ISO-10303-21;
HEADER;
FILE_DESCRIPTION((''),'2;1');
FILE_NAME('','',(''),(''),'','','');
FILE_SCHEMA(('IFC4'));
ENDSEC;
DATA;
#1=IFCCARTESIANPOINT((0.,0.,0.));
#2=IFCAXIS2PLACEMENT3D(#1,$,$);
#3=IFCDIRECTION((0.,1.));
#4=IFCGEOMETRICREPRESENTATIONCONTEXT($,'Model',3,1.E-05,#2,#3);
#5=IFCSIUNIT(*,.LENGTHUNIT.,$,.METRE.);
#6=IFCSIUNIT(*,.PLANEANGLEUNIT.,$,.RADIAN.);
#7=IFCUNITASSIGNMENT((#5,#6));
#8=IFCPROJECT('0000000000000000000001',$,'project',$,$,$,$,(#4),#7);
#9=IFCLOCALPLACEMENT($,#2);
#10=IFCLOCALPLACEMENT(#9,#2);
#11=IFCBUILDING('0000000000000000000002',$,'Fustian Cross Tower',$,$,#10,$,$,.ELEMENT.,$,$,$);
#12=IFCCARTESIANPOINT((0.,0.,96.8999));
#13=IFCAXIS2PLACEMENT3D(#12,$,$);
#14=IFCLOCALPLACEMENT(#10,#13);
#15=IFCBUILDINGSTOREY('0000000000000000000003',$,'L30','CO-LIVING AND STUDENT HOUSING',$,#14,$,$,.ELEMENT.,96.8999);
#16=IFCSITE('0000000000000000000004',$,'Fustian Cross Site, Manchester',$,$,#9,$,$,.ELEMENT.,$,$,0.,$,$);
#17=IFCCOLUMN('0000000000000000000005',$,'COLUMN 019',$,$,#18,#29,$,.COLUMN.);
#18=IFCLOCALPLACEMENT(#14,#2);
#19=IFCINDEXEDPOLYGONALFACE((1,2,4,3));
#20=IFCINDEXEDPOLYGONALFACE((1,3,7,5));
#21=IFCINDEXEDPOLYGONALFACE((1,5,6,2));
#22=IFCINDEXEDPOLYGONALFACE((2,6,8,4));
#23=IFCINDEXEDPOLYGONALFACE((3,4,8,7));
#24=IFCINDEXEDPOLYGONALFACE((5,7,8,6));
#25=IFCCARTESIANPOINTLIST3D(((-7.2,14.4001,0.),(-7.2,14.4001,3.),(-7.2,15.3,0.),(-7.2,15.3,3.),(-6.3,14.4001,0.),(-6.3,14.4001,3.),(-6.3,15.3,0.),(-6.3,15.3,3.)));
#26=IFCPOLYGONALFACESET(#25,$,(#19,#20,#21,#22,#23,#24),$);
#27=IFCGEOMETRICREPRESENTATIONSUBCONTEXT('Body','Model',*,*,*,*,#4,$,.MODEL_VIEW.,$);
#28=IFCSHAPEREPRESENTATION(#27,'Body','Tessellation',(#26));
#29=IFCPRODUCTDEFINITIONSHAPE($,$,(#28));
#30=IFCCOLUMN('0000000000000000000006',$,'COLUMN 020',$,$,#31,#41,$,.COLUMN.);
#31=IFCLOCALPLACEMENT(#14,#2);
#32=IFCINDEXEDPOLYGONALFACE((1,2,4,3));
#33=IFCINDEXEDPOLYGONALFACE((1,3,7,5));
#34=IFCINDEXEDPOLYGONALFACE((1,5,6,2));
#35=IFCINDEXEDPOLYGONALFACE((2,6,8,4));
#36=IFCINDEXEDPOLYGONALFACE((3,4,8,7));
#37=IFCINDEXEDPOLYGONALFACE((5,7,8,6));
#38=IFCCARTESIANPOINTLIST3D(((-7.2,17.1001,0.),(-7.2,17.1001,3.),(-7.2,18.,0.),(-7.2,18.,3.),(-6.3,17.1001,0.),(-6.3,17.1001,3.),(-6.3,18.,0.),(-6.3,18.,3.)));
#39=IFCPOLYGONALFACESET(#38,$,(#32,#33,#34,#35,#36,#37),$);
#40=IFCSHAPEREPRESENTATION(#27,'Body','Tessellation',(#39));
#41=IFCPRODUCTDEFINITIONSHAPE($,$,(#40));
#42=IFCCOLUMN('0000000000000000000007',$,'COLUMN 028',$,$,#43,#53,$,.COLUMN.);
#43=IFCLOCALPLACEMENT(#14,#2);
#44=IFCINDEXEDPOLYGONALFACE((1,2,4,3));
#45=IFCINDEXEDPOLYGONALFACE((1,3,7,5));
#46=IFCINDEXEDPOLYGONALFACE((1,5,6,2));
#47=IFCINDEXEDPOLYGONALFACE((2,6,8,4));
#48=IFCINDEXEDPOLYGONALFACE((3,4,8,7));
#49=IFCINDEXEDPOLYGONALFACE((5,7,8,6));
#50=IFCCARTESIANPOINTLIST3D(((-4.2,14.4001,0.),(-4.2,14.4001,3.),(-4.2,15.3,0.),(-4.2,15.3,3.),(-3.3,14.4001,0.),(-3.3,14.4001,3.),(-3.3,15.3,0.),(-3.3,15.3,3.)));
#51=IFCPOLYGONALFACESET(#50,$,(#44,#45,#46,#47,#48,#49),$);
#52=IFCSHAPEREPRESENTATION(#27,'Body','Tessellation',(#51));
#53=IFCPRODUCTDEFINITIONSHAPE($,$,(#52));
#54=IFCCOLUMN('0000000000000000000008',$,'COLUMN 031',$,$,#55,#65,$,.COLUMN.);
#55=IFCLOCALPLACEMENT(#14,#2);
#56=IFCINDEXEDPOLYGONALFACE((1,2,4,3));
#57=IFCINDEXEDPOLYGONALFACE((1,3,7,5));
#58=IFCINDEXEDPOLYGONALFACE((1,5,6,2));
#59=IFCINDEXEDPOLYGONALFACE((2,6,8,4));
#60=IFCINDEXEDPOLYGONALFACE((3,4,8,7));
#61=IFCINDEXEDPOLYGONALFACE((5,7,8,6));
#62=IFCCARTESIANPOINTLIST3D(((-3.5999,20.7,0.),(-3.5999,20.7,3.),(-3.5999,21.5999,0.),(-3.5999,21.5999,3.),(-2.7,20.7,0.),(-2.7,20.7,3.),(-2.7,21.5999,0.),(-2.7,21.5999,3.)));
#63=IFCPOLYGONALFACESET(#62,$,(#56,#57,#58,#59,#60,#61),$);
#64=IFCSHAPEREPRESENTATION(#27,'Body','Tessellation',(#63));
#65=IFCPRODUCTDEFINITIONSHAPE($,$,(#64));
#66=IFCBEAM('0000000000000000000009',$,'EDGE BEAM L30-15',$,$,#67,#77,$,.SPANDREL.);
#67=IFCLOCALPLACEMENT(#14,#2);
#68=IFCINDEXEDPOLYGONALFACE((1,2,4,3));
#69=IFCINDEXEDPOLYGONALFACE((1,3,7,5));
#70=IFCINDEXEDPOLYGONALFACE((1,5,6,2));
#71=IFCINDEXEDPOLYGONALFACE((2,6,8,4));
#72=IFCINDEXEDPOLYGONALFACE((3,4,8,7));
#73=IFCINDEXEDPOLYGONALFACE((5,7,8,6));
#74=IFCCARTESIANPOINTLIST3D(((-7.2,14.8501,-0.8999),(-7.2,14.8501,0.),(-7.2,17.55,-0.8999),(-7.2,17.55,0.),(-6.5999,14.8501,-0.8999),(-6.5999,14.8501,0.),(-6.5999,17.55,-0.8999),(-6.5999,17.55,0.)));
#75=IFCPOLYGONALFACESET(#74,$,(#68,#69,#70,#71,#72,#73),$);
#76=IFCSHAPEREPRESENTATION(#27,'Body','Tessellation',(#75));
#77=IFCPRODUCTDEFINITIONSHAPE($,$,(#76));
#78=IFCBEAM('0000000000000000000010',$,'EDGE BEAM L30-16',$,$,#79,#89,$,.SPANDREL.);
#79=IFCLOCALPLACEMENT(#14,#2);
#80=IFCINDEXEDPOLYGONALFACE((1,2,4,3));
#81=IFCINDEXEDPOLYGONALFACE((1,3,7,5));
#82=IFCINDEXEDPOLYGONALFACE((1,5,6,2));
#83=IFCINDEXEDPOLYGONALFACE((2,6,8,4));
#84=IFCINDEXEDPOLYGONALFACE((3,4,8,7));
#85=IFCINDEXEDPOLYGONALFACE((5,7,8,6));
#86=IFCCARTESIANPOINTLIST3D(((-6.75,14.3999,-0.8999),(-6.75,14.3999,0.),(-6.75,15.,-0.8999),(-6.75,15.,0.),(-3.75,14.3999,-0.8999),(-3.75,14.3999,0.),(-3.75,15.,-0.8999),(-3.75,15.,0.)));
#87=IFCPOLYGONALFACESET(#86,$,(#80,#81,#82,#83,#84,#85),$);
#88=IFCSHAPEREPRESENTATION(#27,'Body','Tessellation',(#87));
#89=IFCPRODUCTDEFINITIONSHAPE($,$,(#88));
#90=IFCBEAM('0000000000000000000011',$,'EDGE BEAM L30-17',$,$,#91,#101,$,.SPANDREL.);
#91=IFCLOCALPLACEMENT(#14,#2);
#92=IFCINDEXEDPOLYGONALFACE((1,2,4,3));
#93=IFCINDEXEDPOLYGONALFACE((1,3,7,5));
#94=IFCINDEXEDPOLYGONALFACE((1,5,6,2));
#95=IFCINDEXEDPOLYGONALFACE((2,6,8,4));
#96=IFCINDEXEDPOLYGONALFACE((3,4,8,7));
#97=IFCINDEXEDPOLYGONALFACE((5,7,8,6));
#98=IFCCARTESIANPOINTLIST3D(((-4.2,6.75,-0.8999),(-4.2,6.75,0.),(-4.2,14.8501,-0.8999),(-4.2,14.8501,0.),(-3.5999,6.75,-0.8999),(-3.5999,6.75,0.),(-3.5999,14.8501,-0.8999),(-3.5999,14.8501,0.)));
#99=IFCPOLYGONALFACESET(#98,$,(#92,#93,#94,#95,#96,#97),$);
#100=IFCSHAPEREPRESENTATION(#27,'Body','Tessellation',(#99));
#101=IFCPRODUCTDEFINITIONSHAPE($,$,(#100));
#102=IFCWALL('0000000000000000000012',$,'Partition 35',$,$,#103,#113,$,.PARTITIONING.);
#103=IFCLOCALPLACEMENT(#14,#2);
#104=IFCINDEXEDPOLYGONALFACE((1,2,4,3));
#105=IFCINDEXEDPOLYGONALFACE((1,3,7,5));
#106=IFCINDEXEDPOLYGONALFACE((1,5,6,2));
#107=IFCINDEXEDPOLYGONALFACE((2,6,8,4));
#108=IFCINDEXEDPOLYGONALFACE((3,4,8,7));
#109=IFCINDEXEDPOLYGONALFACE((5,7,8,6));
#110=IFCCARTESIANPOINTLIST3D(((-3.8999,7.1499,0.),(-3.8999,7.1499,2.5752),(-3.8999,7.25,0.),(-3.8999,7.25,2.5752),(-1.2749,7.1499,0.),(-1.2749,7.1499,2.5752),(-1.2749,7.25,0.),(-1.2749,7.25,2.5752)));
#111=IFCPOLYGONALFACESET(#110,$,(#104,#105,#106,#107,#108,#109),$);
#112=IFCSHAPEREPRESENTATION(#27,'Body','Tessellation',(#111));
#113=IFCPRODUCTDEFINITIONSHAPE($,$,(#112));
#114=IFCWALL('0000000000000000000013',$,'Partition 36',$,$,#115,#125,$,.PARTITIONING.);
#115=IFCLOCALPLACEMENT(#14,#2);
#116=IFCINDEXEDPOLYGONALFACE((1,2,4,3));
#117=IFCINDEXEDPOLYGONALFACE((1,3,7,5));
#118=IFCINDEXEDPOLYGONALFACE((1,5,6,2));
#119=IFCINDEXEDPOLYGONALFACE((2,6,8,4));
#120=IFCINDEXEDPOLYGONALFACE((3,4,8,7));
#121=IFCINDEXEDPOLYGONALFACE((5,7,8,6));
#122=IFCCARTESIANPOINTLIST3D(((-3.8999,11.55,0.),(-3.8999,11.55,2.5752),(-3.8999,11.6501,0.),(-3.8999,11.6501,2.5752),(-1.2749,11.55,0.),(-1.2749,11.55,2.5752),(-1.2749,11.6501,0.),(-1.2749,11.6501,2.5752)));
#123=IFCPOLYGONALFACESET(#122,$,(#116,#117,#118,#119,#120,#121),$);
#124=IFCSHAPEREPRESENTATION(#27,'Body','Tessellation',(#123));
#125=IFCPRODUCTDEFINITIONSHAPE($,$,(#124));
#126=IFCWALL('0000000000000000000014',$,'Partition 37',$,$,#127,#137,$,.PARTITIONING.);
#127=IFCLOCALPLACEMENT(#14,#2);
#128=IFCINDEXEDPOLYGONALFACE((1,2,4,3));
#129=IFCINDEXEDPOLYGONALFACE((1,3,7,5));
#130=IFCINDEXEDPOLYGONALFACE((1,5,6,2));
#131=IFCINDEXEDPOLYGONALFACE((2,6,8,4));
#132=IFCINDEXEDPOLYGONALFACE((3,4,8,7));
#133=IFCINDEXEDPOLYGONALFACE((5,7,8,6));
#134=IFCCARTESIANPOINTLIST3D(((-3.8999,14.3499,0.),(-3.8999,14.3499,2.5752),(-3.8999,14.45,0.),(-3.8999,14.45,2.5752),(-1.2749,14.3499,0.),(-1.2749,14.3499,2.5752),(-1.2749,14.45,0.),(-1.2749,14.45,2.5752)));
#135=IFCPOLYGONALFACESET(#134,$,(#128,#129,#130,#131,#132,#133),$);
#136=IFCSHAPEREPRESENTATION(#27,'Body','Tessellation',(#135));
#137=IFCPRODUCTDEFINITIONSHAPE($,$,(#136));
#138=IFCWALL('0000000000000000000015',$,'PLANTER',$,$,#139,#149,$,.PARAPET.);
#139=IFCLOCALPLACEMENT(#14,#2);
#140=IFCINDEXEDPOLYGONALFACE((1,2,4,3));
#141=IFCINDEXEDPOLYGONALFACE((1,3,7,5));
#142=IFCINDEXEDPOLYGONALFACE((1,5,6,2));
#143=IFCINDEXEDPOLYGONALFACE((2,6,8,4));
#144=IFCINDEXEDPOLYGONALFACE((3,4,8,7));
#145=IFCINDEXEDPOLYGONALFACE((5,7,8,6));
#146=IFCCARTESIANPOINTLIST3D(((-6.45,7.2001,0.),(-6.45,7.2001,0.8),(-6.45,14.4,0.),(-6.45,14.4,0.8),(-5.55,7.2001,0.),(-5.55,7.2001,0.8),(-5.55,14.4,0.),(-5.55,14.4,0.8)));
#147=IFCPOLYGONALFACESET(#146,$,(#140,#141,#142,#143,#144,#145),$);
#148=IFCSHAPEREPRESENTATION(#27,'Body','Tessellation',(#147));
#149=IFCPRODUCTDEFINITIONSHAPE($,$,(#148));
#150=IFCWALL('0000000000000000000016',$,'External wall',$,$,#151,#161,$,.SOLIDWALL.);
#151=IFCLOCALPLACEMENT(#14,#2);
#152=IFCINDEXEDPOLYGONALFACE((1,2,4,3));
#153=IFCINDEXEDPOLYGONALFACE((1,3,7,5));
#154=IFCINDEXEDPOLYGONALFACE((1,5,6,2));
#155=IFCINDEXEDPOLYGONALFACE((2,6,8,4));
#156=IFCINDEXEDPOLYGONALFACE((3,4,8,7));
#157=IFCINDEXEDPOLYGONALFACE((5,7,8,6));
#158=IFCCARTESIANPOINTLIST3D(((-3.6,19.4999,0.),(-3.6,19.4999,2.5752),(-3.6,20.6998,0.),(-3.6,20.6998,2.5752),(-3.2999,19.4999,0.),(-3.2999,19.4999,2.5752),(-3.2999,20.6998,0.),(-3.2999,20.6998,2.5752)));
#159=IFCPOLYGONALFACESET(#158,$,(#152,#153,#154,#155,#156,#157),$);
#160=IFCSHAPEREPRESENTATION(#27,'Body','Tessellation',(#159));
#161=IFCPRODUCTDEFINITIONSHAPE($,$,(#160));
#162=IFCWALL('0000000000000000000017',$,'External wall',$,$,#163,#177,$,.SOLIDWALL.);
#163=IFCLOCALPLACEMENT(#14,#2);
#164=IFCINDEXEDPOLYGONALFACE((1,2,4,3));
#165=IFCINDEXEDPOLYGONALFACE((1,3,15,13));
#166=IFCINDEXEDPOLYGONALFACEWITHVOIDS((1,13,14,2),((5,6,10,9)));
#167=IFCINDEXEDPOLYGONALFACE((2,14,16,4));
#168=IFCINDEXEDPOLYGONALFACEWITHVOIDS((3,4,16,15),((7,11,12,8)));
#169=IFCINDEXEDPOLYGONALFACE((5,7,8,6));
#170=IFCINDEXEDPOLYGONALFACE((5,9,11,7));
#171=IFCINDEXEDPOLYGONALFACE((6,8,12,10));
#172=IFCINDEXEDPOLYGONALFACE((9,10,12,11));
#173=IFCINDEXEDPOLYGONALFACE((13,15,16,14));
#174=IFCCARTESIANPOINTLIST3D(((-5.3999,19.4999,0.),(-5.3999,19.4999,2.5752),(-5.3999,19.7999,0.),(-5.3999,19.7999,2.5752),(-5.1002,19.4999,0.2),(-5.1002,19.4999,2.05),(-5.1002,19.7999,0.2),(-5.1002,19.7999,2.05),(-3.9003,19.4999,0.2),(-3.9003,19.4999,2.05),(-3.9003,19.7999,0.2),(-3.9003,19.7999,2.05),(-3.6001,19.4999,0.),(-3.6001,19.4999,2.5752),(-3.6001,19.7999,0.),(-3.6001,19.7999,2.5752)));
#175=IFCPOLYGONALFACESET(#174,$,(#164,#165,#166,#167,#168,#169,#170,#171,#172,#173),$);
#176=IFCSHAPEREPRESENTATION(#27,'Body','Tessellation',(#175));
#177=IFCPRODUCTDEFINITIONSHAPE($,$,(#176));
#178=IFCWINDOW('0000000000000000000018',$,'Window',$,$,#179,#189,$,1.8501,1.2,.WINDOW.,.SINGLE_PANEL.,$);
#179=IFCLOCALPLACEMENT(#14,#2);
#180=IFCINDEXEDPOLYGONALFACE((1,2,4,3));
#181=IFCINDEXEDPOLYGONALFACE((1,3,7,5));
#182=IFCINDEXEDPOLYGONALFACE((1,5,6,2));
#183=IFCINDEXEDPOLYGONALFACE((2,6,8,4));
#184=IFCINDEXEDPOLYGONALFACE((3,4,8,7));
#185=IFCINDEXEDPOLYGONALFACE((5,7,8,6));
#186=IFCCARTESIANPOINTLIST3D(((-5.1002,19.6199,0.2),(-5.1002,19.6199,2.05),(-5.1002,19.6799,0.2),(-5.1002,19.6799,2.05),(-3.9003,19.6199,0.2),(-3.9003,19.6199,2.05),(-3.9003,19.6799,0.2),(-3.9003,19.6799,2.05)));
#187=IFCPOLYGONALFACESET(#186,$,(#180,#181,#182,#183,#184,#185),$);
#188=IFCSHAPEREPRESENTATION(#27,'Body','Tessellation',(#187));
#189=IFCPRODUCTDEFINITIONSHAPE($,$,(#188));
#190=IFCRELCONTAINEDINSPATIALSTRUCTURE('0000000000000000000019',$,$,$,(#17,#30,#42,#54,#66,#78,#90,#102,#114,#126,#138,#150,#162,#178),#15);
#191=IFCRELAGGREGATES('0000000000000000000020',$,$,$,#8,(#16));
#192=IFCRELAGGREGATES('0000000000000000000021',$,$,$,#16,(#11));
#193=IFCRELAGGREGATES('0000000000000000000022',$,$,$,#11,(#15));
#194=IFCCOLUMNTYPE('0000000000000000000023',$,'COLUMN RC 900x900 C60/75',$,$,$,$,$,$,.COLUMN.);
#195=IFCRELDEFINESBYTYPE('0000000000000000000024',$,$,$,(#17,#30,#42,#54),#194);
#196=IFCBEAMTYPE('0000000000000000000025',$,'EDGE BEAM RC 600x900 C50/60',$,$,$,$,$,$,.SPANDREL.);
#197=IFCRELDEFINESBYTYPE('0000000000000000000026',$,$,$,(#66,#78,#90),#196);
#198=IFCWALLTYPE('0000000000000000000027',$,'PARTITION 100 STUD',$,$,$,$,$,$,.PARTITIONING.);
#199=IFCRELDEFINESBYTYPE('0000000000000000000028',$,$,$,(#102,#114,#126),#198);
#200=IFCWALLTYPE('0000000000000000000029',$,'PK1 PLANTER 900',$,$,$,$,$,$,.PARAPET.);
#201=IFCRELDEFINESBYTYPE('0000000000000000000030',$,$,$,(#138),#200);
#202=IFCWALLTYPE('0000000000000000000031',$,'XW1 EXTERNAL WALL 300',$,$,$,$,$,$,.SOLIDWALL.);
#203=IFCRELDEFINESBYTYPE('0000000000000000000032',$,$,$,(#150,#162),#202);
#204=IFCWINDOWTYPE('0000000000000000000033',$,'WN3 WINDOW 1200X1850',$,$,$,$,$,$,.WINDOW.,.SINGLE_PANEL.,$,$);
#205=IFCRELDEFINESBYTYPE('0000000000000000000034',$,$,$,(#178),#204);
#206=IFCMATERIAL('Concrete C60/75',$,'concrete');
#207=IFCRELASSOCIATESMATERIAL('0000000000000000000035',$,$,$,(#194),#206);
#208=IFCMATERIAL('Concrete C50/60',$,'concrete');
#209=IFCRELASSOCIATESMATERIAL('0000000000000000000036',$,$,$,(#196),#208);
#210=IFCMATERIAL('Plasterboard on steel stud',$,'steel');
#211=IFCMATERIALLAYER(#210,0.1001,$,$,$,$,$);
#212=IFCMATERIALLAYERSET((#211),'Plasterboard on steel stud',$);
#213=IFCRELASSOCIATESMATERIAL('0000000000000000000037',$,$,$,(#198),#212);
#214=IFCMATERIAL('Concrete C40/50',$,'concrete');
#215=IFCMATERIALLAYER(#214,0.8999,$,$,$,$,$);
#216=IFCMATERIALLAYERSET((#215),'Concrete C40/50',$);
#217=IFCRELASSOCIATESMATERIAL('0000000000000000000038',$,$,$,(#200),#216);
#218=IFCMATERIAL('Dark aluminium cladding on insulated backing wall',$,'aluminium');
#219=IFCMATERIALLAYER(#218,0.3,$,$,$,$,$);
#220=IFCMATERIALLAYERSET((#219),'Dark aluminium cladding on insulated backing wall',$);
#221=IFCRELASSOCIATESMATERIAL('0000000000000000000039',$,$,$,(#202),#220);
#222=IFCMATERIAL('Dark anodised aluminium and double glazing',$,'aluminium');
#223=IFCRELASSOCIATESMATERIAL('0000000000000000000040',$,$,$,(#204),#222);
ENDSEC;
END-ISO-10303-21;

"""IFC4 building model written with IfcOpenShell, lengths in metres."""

from ifc_helpers import new_model, si_unit, direction, frame, frame_2d, origin, origin_2d, place, context, subcontext, project, spatial, rectangle, extrude, material, layer, layer_set, material_profile, profile_set, type_object, element, fill, save


model = new_model("IFC4")

# Units and contexts
model_context = context("Model", 3, precision=1e-05, world=origin(), true_north=direction((0.0, 1.0)))
body_context = subcontext(model_context, "Body", "Model", "MODEL_VIEW")
ifc_project = project(units=[si_unit("LENGTHUNIT", "METRE"), si_unit("PLANEANGLEUNIT", "RADIAN")], contexts=[model_context])

# Site, building, storey
site_placement = place(None, origin())
site = spatial("IfcSite", under=ifc_project, at=site_placement, Name="Fustian Cross Site, Manchester", CompositionType="ELEMENT", RefElevation=0.0)
building_placement = place(site_placement, origin())
building = spatial("IfcBuilding", under=site, at=building_placement, Name="Fustian Cross Tower", CompositionType="ELEMENT")
storey_placement = place(building_placement, frame((0.0, 0.0, 96.8999)))
storey = spatial("IfcBuildingStorey", under=building, at=storey_placement, Name="L30", Description="CO-LIVING AND STUDENT HOUSING", CompositionType="ELEMENT", Elevation=96.8999)

# Columns
ifc_material_1 = material(Name="Concrete C60/75", Category="concrete")
ifc_material_profile_1 = material_profile(ifc_material_1, rectangle(XDim=0.8999, YDim=0.8999, at=origin_2d()), Name="RC 900x900")
ifc_profile_set_1 = profile_set([ifc_material_profile_1], Name="Concrete C60/75")
column_type = type_object("IfcColumnType", Name="COLUMN RC 900x900 C60/75", PredefinedType="COLUMN", material=ifc_profile_set_1)
for number, where, z_axis, x_axis, name in (
    (1, (-6.75, 14.8501, 0.0), (0.0, 0.0, 1.0), (1.0, 0.0, 0.0), "COLUMN 019"),
    (2, (-6.75, 17.55, 0.0), (0.0, 0.0, 1.0), (1.0, 0.0, 0.0), "COLUMN 020"),
    (3, (-3.75, 14.8501, 0.0), (0.0, 0.0, 1.0), (1.0, 0.0, 0.0), "COLUMN 028"),
    (4, (-3.1499, 21.1499, 0.0), (0.0, 0.0, 1.0), (1.0, 0.0, 0.0), "COLUMN 031"),
):
    element("IfcColumn", number, at=place(storey_placement, frame(where, z_axis=z_axis, x_axis=x_axis)), inside=storey, type_object=column_type, Name=name, PredefinedType="COLUMN", context=body_context, shape_type="SweptSolid", body=[
        extrude(rectangle(XDim=0.8999, YDim=0.8999, at=origin_2d()), origin(), (0.0, 0.0, 1.0), 3.0),
    ])

# Beams
ifc_material_2 = material(Name="Concrete C50/60", Category="concrete")
ifc_material_profile_2 = material_profile(ifc_material_2, rectangle(XDim=0.6001, YDim=0.8999, at=origin_2d()), Name="RC 600x900")
ifc_profile_set_2 = profile_set([ifc_material_profile_2], Name="Concrete C50/60")
beam_type = type_object("IfcBeamType", Name="EDGE BEAM RC 600x900 C50/60", PredefinedType="SPANDREL", material=ifc_profile_set_2)
beam_1_placement = place(storey_placement, frame((-6.8999, 17.55, -0.45), z_axis=(0.0, -1.0, 0.0), x_axis=(1.0, 0.0, 0.0)))
element("IfcBeam", 5, at=beam_1_placement, inside=storey, type_object=beam_type, Name="EDGE BEAM L30-15", PredefinedType="SPANDREL", context=body_context, shape_type="SweptSolid", body=[
    extrude(rectangle(XDim=0.6001, YDim=0.8999, at=origin_2d()), origin(), (0.0, 0.0, 1.0), 2.7),
])
beam_2_placement = place(storey_placement, frame((-6.75, 14.7, -0.45), z_axis=(1.0, 0.0, 0.0), x_axis=(0.0, 1.0, 0.0)))
element("IfcBeam", 6, at=beam_2_placement, inside=storey, type_object=beam_type, Name="EDGE BEAM L30-16", PredefinedType="SPANDREL", context=body_context, shape_type="SweptSolid", body=[
    extrude(rectangle(XDim=0.6001, YDim=0.8999, at=origin_2d()), origin(), (0.0, 0.0, 1.0), 3.0),
])
beam_3_placement = place(storey_placement, frame((-3.8999, 14.8501, -0.45), z_axis=(0.0, -1.0, 0.0), x_axis=(1.0, 0.0, 0.0)))
element("IfcBeam", 7, at=beam_3_placement, inside=storey, type_object=beam_type, Name="EDGE BEAM L30-17", PredefinedType="SPANDREL", context=body_context, shape_type="SweptSolid", body=[
    extrude(rectangle(XDim=0.6001, YDim=0.8999, at=origin_2d()), origin(), (0.0, 0.0, 1.0), 8.1001),
])

# Walls
ifc_material_3 = material(Name="Plasterboard on steel stud", Category="steel")
ifc_layer_1 = layer(ifc_material_3, 0.1001)
ifc_layer_set_1 = layer_set([ifc_layer_1], Name="Plasterboard on steel stud")
wall_type_1 = type_object("IfcWallType", Name="PARTITION 100 STUD", PredefinedType="PARTITIONING", material=ifc_layer_set_1)
for number, where, z_axis, x_axis, name in (
    (8, (-3.8999, 7.2, 0.0), (0.0, 0.0, 1.0), (1.0, 0.0, 0.0), "Partition 35"),
    (9, (-3.8999, 11.6001, 0.0), (0.0, 0.0, 1.0), (1.0, 0.0, 0.0), "Partition 36"),
    (10, (-3.8999, 14.3999, 0.0), (0.0, 0.0, 1.0), (1.0, 0.0, 0.0), "Partition 37"),
):
    element("IfcWall", number, at=place(storey_placement, frame(where, z_axis=z_axis, x_axis=x_axis)), inside=storey, type_object=wall_type_1, Name=name, PredefinedType="PARTITIONING", context=body_context, shape_type="SweptSolid", body=[
        extrude(rectangle(XDim=2.625, YDim=0.1001, at=frame_2d((1.3125, 0.0))), origin(), (0.0, 0.0, 1.0), 2.5752),
    ])
ifc_material_4 = material(Name="Concrete C40/50", Category="concrete")
ifc_layer_2 = layer(ifc_material_4, 0.8999)
ifc_layer_set_2 = layer_set([ifc_layer_2], Name="Concrete C40/50")
wall_type_2 = type_object("IfcWallType", Name="PK1 PLANTER 900", PredefinedType="PARAPET", material=ifc_layer_set_2)
wall_1_placement = place(storey_placement, frame((-6.0, 7.2, 0.0), z_axis=(0.0, 0.0, 1.0), x_axis=(0.0, 1.0, 0.0)))
element("IfcWall", 11, at=wall_1_placement, inside=storey, type_object=wall_type_2, Name="PLANTER", PredefinedType="PARAPET", context=body_context, shape_type="SweptSolid", body=[
    extrude(rectangle(XDim=7.2, YDim=0.8999, at=frame_2d((3.6001, 0.0))), origin(), (0.0, 0.0, 1.0), 0.8),
])
ifc_material_5 = material(Name="Dark aluminium cladding on insulated backing wall", Category="aluminium")
ifc_layer_3 = layer(ifc_material_5, 0.3)
ifc_layer_set_3 = layer_set([ifc_layer_3], Name="Dark aluminium cladding on insulated backing wall")
wall_type_3 = type_object("IfcWallType", Name="XW1 EXTERNAL WALL 300", PredefinedType="SOLIDWALL", material=ifc_layer_set_3)
wall_2_placement = place(storey_placement, frame((-3.45, 20.7, 0.0), z_axis=(0.0, 0.0, 1.0), x_axis=(0.0, -1.0, 0.0)))
element("IfcWall", 12, at=wall_2_placement, inside=storey, type_object=wall_type_3, Name="External wall", PredefinedType="SOLIDWALL", context=body_context, shape_type="SweptSolid", body=[
    extrude(rectangle(XDim=1.2, YDim=0.3, at=frame_2d((0.6001, 0.0))), origin(), (0.0, 0.0, 1.0), 2.5752),
])

# Wall, opening, window
wall_3_placement = place(storey_placement, frame((-3.6001, 19.6499, 0.0), z_axis=(0.0, 0.0, 1.0), x_axis=(-1.0, 0.0, 0.0)))
wall_3 = element("IfcWall", 13, at=wall_3_placement, inside=storey, type_object=wall_type_3, Name="External wall", PredefinedType="SOLIDWALL", context=body_context, shape_type="SweptSolid", body=[
    extrude(rectangle(XDim=1.7998, YDim=0.3, at=frame_2d((0.8999, 0.0))), origin(), (0.0, 0.0, 1.0), 2.5752),
])
opening_1_placement = place(wall_3_placement, frame((0.3, 0.0, 0.2)))
opening_1 = element("IfcOpeningElement", 14, at=opening_1_placement, cuts=wall_3, PredefinedType="OPENING", context=body_context, shape_type="SweptSolid", body=[
    extrude(rectangle(XDim=1.2, YDim=1.8501, at=frame_2d((0.6001, 0.925))), frame((0.0, 0.1599, 0.0), z_axis=(0.0, -1.0, 0.0), x_axis=(1.0, 0.0, 0.0)), (0.0, 0.0, 1.0), 0.3201),
])
ifc_material_6 = material(Name="Dark anodised aluminium and double glazing", Category="aluminium")
window_type_1 = type_object("IfcWindowType", Name="WN3 WINDOW 1200X1850", PartitioningType="SINGLE_PANEL", PredefinedType="WINDOW", material=ifc_material_6)
window_1_placement = place(opening_1_placement, origin())
window_1 = element("IfcWindow", 15, at=window_1_placement, inside=storey, type_object=window_type_1, Name="Window", OverallHeight=1.8501, OverallWidth=1.2, PartitioningType="SINGLE_PANEL", PredefinedType="WINDOW", context=body_context, shape_type="SweptSolid", body=[
    extrude(rectangle(XDim=1.2, YDim=1.8501, at=frame_2d((0.6001, 0.925))), frame((0.0, 0.03, 0.0), z_axis=(0.0, -1.0, 0.0), x_axis=(1.0, 0.0, 0.0)), (0.0, 0.0, 1.0), 0.0601),
])
fill(opening_1, window_1)

save(model, "model.ifc")
